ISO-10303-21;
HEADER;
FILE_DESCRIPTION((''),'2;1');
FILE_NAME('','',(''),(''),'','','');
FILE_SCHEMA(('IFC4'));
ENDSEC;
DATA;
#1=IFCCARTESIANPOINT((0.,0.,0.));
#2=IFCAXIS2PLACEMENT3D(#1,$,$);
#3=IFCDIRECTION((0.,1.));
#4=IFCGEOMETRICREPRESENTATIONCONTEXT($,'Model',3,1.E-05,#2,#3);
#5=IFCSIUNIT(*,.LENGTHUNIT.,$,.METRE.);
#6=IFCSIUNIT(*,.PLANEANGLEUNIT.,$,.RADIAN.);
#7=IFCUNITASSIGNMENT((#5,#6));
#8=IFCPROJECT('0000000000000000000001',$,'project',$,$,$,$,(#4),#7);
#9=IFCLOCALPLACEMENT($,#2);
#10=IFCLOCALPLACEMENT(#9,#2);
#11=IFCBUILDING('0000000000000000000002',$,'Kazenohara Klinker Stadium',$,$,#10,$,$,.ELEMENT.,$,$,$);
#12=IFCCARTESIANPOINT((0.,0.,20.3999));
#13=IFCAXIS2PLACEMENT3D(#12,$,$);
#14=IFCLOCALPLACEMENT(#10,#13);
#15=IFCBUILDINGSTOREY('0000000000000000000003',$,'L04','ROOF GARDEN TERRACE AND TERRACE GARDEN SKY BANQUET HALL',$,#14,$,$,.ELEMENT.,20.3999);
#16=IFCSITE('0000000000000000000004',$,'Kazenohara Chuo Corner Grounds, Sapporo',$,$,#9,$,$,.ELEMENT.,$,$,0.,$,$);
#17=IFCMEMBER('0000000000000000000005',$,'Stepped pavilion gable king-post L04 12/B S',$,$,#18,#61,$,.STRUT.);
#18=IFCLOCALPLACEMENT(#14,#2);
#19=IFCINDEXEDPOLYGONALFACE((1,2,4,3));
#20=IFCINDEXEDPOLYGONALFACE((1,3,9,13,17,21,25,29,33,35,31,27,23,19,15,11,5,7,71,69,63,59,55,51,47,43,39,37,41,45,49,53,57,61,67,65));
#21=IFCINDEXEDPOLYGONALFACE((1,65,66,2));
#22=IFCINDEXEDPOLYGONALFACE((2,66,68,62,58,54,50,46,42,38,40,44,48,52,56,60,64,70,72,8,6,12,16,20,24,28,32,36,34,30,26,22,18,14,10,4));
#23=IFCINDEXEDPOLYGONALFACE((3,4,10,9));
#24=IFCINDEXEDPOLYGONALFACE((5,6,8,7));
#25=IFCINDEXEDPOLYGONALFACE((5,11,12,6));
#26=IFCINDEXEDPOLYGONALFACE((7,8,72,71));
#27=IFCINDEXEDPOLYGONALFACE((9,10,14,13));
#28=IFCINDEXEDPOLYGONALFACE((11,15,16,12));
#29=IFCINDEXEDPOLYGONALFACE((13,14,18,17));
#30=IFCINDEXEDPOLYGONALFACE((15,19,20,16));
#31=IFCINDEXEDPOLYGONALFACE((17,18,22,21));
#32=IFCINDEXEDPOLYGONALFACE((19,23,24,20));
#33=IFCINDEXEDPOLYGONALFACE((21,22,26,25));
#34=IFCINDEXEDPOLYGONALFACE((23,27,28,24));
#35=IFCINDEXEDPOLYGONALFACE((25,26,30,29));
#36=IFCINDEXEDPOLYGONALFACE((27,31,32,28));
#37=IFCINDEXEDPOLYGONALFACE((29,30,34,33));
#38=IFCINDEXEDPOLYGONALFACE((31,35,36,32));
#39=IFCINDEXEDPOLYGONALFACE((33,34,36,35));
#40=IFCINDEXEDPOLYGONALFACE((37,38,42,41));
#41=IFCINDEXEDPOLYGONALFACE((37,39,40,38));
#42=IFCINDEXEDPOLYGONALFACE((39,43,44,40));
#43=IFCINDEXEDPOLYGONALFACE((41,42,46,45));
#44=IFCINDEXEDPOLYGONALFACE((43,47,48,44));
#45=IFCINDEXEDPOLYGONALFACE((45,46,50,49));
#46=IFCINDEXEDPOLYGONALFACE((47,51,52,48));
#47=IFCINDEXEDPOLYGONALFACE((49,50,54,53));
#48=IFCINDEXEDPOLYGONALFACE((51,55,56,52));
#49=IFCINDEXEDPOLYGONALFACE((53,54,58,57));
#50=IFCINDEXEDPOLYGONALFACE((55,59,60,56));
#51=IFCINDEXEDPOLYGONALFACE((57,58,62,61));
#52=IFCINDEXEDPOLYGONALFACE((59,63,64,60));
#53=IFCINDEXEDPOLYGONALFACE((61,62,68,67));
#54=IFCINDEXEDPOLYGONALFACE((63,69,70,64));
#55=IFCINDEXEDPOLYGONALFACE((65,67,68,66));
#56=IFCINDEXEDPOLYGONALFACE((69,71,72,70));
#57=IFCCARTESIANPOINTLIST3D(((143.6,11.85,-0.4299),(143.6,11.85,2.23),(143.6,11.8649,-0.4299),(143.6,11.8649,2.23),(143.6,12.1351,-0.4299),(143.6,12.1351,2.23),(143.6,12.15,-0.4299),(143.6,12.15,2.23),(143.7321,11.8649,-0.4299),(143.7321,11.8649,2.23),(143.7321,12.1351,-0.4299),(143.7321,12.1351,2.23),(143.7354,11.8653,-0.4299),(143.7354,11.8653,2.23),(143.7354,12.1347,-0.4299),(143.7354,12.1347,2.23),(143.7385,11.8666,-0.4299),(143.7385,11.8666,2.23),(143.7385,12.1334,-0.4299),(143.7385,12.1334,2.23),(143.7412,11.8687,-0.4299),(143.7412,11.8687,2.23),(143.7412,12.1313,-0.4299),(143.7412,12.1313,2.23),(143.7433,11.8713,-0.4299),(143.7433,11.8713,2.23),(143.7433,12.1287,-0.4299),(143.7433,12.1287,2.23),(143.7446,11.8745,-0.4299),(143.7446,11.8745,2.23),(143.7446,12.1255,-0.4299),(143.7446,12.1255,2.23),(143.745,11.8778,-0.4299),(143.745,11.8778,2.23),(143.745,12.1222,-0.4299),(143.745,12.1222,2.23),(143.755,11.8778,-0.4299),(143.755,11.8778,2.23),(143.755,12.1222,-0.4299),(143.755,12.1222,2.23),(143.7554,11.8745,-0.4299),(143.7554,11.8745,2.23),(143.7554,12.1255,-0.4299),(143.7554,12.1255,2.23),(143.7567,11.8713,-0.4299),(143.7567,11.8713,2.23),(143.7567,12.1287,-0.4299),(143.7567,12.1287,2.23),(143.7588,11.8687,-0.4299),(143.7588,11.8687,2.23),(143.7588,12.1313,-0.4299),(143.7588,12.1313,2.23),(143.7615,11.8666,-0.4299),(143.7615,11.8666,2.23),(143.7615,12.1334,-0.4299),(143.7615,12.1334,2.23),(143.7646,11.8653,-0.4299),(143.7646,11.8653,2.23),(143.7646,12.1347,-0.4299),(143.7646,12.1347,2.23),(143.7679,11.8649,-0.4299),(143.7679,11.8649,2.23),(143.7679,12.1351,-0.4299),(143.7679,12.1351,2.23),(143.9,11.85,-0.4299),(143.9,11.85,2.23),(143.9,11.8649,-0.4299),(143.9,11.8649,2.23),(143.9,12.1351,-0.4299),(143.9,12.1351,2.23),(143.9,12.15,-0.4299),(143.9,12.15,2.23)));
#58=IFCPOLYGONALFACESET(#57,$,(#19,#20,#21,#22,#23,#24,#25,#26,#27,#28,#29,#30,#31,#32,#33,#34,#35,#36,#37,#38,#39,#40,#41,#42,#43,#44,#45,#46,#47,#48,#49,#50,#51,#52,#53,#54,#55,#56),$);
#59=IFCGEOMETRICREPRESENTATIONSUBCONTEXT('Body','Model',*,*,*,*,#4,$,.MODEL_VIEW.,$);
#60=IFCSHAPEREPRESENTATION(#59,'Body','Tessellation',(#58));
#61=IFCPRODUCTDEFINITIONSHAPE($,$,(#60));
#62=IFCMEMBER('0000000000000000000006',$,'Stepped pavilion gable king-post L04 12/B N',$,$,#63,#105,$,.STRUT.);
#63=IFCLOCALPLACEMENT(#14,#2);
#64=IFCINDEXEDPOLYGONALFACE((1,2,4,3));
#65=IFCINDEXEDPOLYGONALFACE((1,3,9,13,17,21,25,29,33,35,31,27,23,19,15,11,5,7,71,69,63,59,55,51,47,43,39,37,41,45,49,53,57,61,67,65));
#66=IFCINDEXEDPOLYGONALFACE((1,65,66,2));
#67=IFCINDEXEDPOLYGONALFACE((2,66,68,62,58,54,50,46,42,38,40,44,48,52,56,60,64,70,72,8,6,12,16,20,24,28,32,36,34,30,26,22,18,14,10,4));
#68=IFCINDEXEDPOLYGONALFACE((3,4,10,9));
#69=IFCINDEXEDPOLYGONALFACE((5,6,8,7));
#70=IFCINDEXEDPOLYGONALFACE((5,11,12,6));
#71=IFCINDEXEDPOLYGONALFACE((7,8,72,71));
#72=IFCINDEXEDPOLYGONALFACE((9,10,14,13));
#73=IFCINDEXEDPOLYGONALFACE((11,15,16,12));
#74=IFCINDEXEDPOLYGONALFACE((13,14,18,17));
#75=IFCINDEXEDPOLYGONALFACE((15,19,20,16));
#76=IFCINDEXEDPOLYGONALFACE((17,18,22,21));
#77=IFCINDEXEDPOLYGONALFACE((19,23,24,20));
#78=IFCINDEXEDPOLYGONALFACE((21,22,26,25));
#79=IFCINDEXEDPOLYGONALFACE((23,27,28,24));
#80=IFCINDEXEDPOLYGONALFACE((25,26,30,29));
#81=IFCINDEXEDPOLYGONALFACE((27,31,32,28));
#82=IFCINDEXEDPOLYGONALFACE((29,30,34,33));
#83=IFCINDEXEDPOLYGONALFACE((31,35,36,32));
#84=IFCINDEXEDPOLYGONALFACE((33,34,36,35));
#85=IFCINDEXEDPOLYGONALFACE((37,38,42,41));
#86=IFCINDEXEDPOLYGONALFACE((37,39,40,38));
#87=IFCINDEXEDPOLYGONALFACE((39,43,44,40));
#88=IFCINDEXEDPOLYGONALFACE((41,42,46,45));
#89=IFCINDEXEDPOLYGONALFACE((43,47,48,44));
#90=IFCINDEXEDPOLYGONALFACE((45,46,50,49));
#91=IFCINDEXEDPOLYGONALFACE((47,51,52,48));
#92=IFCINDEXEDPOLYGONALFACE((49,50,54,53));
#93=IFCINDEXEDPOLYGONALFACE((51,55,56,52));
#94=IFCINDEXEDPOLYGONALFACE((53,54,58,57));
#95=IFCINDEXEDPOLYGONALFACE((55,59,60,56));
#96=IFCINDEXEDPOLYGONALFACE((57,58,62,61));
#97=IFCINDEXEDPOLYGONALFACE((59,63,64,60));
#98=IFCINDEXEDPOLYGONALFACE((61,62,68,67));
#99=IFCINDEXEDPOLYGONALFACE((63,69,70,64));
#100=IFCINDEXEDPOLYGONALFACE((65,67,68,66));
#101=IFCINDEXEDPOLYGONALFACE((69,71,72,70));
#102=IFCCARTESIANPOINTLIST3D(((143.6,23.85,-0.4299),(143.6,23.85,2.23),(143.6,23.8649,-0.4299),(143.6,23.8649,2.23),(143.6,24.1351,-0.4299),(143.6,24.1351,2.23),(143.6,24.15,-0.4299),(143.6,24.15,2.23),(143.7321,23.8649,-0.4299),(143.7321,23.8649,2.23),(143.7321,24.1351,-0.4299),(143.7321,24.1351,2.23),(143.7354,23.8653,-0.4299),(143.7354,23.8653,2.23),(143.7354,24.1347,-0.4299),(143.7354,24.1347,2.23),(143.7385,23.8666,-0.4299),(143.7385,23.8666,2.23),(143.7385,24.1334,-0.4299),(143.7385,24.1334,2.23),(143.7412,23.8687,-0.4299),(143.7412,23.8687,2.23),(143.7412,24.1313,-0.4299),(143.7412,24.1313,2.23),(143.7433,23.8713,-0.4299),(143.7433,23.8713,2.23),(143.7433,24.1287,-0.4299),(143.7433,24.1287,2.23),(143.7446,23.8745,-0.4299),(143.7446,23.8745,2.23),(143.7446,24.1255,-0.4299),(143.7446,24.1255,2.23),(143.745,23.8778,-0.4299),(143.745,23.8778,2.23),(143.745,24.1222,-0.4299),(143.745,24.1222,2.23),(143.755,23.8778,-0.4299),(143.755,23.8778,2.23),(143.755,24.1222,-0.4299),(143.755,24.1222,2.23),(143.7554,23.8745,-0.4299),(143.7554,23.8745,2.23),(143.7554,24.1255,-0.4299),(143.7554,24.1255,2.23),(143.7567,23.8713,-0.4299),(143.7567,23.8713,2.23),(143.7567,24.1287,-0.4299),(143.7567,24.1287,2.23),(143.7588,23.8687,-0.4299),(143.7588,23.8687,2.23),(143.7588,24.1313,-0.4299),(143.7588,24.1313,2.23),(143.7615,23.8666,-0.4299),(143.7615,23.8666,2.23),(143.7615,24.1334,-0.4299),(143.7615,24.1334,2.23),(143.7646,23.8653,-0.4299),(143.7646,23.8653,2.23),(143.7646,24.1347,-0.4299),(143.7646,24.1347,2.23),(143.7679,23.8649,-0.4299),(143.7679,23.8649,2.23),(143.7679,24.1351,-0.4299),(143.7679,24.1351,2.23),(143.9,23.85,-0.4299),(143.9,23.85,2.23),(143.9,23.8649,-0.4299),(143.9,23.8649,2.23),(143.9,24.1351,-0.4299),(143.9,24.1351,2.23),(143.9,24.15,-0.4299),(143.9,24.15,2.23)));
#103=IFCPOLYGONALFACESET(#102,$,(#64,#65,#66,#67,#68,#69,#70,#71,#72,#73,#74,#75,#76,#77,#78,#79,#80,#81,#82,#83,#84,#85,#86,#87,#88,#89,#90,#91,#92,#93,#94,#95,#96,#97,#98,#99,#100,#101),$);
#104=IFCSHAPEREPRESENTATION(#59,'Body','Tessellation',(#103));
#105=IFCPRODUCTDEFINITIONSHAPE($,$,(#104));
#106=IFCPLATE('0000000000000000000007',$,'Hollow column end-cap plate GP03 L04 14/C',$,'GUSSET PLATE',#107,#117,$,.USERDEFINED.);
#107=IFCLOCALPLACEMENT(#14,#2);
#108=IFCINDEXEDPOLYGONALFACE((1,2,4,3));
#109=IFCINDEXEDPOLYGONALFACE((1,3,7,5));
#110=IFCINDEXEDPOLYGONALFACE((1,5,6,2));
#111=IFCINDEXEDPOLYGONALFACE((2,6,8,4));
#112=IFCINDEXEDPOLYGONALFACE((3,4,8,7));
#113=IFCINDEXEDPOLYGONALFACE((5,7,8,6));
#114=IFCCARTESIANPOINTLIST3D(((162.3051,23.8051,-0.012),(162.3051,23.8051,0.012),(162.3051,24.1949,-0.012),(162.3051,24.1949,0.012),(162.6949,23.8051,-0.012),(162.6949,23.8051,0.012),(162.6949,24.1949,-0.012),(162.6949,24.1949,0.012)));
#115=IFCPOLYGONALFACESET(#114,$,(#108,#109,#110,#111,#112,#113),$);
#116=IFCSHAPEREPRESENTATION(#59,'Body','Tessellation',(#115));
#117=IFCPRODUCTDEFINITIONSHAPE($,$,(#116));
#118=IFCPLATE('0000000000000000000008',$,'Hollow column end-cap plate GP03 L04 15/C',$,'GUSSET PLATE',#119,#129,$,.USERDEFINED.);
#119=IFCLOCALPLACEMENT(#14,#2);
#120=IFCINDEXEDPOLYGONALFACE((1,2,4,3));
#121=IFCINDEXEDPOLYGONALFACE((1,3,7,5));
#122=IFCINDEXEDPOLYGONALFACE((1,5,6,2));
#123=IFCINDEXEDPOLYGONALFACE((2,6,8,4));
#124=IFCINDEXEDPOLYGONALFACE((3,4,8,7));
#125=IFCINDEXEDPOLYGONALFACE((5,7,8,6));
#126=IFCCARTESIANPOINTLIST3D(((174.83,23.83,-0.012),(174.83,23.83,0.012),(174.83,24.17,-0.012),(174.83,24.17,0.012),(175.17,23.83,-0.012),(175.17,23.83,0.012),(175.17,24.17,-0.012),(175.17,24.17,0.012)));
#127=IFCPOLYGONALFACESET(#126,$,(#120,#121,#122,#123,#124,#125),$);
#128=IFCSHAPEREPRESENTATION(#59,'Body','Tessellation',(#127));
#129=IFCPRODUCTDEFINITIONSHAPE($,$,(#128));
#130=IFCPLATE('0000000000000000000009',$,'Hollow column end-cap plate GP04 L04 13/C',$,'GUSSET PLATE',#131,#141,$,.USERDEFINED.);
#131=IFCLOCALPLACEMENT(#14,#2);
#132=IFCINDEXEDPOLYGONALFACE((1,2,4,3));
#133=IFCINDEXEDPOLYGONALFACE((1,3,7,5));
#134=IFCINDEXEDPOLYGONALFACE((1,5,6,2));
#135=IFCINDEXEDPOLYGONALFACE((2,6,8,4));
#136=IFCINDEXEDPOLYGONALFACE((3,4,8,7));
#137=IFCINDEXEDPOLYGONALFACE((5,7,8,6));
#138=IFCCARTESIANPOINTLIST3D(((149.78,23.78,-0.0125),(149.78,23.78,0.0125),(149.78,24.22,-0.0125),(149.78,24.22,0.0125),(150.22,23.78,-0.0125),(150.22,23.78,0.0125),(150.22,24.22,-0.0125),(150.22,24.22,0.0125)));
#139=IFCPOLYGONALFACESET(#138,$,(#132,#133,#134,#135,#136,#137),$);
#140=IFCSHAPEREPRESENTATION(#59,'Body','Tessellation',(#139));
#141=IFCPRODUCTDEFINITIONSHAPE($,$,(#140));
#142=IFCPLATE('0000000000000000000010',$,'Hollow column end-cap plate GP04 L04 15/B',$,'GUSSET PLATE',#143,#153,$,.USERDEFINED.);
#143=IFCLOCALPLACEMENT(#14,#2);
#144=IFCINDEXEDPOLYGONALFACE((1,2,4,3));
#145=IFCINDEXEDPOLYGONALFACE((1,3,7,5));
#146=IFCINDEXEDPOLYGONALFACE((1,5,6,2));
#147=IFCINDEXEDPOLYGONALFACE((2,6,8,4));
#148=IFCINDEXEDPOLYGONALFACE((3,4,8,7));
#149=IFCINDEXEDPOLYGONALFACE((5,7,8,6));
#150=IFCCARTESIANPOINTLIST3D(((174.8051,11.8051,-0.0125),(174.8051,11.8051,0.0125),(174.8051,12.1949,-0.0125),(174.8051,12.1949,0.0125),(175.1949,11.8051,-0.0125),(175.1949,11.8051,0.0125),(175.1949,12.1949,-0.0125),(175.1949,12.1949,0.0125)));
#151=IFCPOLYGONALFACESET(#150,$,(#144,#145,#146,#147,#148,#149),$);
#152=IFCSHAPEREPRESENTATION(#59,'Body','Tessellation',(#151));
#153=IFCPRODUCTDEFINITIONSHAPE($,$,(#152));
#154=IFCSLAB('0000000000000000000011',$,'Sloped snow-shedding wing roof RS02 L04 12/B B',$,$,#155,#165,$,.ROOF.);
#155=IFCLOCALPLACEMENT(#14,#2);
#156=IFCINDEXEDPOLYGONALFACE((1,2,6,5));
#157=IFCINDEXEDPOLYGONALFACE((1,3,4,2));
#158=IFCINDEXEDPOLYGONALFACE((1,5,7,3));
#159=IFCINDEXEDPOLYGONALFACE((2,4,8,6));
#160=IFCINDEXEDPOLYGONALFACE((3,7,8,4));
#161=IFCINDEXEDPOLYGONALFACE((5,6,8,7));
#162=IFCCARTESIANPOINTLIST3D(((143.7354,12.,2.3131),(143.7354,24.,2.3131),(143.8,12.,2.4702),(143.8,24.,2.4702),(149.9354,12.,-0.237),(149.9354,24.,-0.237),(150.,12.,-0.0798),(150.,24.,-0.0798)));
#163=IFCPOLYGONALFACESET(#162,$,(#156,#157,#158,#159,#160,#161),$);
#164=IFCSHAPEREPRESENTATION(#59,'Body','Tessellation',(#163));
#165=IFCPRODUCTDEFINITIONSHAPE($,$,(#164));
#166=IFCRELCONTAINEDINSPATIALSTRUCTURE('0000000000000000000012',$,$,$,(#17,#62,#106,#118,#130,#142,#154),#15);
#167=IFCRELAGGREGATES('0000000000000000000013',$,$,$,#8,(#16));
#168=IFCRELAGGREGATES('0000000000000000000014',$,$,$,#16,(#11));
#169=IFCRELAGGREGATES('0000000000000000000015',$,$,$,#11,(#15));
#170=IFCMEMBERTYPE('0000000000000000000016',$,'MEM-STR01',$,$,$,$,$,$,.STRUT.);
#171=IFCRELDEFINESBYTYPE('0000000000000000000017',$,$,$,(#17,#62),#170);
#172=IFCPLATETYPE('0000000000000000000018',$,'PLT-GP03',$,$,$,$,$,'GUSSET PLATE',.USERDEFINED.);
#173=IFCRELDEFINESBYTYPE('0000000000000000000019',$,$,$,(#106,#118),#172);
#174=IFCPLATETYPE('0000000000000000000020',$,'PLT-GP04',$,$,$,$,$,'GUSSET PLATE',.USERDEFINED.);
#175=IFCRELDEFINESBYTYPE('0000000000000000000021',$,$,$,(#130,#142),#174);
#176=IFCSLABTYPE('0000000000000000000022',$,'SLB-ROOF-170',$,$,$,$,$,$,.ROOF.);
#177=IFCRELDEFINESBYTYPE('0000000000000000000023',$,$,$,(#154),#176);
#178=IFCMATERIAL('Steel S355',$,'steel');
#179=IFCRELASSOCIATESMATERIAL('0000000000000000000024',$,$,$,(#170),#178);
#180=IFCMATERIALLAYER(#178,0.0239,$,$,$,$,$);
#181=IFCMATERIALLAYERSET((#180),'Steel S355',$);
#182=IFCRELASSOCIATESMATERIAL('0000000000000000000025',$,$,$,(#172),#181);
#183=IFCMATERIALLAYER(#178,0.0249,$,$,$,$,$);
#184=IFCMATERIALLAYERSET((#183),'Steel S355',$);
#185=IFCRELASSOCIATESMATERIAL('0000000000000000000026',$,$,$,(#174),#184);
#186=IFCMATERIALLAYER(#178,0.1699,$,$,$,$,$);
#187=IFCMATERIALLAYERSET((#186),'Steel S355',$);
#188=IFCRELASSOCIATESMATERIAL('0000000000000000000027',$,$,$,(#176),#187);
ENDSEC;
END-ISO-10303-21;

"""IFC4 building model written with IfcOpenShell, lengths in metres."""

from ifc_helpers import new_model, si_unit, direction, frame, origin, origin_2d, place, context, subcontext, project, spatial, polyline, rectangle, i_section, outline, extrude, material, layer, layer_set, material_profile, profile_set, type_object, element, save


model = new_model("IFC4")

# Units and contexts
model_context = context("Model", 3, precision=1e-05, world=origin(), true_north=direction((0.0, 1.0)))
body_context = subcontext(model_context, "Body", "Model", "MODEL_VIEW")
ifc_project = project(units=[si_unit("LENGTHUNIT", "METRE"), si_unit("PLANEANGLEUNIT", "RADIAN")], contexts=[model_context])

# Site, building, storey
site_placement = place(None, origin())
site = spatial("IfcSite", under=ifc_project, at=site_placement, Name="Kazenohara Chuo Corner Grounds, Sapporo", CompositionType="ELEMENT", RefElevation=0.0)
building_placement = place(site_placement, origin())
building = spatial("IfcBuilding", under=site, at=building_placement, Name="Kazenohara Klinker Stadium", CompositionType="ELEMENT")
storey_placement = place(building_placement, frame((0.0, 0.0, 20.3999)))
storey = spatial("IfcBuildingStorey", under=building, at=storey_placement, Name="L04", Description="ROOF GARDEN TERRACE AND TERRACE GARDEN SKY BANQUET HALL", CompositionType="ELEMENT", Elevation=20.3999)

# Shared definitions
ifc_material_1 = material(Name="Steel S355", Category="steel")

# Members
ifc_material_profile_1 = material_profile(ifc_material_1, i_section(OverallWidth=0.3, OverallDepth=0.3, WebThickness=0.01, FlangeThickness=0.0149, FilletRadius=0.0129, at=origin_2d()), Name="H-300x300x10x15")
ifc_profile_set_1 = profile_set([ifc_material_profile_1], Name="Steel S355")
member_type_1 = type_object("IfcMemberType", Name="MEM-STR01", PredefinedType="STRUT", material=ifc_profile_set_1)
for number, where, z_axis, x_axis, name in (
    (1, (143.75, 12.0, -0.4299), (0.0, 0.0, 1.0), (1.0, 0.0, 0.0), "Stepped pavilion gable king-post L04 12/B S"),
    (2, (143.75, 24.0, -0.4299), (0.0, 0.0, 1.0), (1.0, 0.0, 0.0), "Stepped pavilion gable king-post L04 12/B N"),
):
    element("IfcMember", number, at=place(storey_placement, frame(where, z_axis=z_axis, x_axis=x_axis)), inside=storey, type_object=member_type_1, Name=name, PredefinedType="STRUT", context=body_context, shape_type="SweptSolid", body=[
        extrude(i_section(OverallWidth=0.3, OverallDepth=0.3, WebThickness=0.01, FlangeThickness=0.0149, FilletRadius=0.0129, at=origin_2d()), origin(), (0.0, 0.0, 1.0), 2.6599),
    ])

# Plates
ifc_layer_1 = layer(ifc_material_1, 0.0239)
ifc_layer_set_1 = layer_set([ifc_layer_1], Name="Steel S355")
plate_type_1 = type_object("IfcPlateType", Name="PLT-GP03", ElementType="GUSSET PLATE", PredefinedType="USERDEFINED", material=ifc_layer_set_1)
plate_1_placement = place(storey_placement, frame((162.5, 24.0, -0.012), z_axis=(0.0, 0.0, 1.0), x_axis=(1.0, 0.0, 0.0)))
element("IfcPlate", 3, at=plate_1_placement, inside=storey, type_object=plate_type_1, Name="Hollow column end-cap plate GP03 L04 14/C", ObjectType="GUSSET PLATE", PredefinedType="USERDEFINED", context=body_context, shape_type="SweptSolid", body=[
    extrude(rectangle(XDim=0.3899, YDim=0.3899, at=origin_2d()), origin(), (0.0, 0.0, 1.0), 0.0239),
])
plate_2_placement = place(storey_placement, frame((175.0, 24.0, -0.012), z_axis=(0.0, 0.0, 1.0), x_axis=(1.0, 0.0, 0.0)))
element("IfcPlate", 4, at=plate_2_placement, inside=storey, type_object=plate_type_1, Name="Hollow column end-cap plate GP03 L04 15/C", ObjectType="GUSSET PLATE", PredefinedType="USERDEFINED", context=body_context, shape_type="SweptSolid", body=[
    extrude(rectangle(XDim=0.3401, YDim=0.3401, at=origin_2d()), origin(), (0.0, 0.0, 1.0), 0.0239),
])
ifc_layer_2 = layer(ifc_material_1, 0.0249)
ifc_layer_set_2 = layer_set([ifc_layer_2], Name="Steel S355")
plate_type_2 = type_object("IfcPlateType", Name="PLT-GP04", ElementType="GUSSET PLATE", PredefinedType="USERDEFINED", material=ifc_layer_set_2)
plate_3_placement = place(storey_placement, frame((150.0, 24.0, -0.0125), z_axis=(0.0, 0.0, 1.0), x_axis=(1.0, 0.0, 0.0)))
element("IfcPlate", 5, at=plate_3_placement, inside=storey, type_object=plate_type_2, Name="Hollow column end-cap plate GP04 L04 13/C", ObjectType="GUSSET PLATE", PredefinedType="USERDEFINED", context=body_context, shape_type="SweptSolid", body=[
    extrude(rectangle(XDim=0.4399, YDim=0.4399, at=origin_2d()), origin(), (0.0, 0.0, 1.0), 0.0249),
])
plate_4_placement = place(storey_placement, frame((175.0, 12.0, -0.0125), z_axis=(0.0, 0.0, 1.0), x_axis=(1.0, 0.0, 0.0)))
element("IfcPlate", 6, at=plate_4_placement, inside=storey, type_object=plate_type_2, Name="Hollow column end-cap plate GP04 L04 15/B", ObjectType="GUSSET PLATE", PredefinedType="USERDEFINED", context=body_context, shape_type="SweptSolid", body=[
    extrude(rectangle(XDim=0.3899, YDim=0.3899, at=origin_2d()), origin(), (0.0, 0.0, 1.0), 0.0249),
])

# Slab
ifc_layer_3 = layer(ifc_material_1, 0.1699)
ifc_layer_set_3 = layer_set([ifc_layer_3], Name="Steel S355")
slab_type = type_object("IfcSlabType", Name="SLB-ROOF-170", PredefinedType="ROOF", material=ifc_layer_set_3)
slab_placement = place(storey_placement, frame((143.8, 12.0, 2.4702), z_axis=(0.380383, 0.0, 0.924829), x_axis=(0.924829, 0.0, -0.380383)))
element("IfcSlab", 7, at=slab_placement, inside=storey, type_object=slab_type, Name="Sloped snow-shedding wing roof RS02 L04 12/B B", PredefinedType="ROOF", context=body_context, shape_type="SweptSolid", body=[
    extrude(outline(polyline([(0.0, 0.0), (6.7039, 0.0), (6.7039, 12.0), (0.0, 12.0), (0.0, 0.0)])), origin(), (0.0, 0.0, -1.0), 0.1699),
])

save(model, "model.ifc")
